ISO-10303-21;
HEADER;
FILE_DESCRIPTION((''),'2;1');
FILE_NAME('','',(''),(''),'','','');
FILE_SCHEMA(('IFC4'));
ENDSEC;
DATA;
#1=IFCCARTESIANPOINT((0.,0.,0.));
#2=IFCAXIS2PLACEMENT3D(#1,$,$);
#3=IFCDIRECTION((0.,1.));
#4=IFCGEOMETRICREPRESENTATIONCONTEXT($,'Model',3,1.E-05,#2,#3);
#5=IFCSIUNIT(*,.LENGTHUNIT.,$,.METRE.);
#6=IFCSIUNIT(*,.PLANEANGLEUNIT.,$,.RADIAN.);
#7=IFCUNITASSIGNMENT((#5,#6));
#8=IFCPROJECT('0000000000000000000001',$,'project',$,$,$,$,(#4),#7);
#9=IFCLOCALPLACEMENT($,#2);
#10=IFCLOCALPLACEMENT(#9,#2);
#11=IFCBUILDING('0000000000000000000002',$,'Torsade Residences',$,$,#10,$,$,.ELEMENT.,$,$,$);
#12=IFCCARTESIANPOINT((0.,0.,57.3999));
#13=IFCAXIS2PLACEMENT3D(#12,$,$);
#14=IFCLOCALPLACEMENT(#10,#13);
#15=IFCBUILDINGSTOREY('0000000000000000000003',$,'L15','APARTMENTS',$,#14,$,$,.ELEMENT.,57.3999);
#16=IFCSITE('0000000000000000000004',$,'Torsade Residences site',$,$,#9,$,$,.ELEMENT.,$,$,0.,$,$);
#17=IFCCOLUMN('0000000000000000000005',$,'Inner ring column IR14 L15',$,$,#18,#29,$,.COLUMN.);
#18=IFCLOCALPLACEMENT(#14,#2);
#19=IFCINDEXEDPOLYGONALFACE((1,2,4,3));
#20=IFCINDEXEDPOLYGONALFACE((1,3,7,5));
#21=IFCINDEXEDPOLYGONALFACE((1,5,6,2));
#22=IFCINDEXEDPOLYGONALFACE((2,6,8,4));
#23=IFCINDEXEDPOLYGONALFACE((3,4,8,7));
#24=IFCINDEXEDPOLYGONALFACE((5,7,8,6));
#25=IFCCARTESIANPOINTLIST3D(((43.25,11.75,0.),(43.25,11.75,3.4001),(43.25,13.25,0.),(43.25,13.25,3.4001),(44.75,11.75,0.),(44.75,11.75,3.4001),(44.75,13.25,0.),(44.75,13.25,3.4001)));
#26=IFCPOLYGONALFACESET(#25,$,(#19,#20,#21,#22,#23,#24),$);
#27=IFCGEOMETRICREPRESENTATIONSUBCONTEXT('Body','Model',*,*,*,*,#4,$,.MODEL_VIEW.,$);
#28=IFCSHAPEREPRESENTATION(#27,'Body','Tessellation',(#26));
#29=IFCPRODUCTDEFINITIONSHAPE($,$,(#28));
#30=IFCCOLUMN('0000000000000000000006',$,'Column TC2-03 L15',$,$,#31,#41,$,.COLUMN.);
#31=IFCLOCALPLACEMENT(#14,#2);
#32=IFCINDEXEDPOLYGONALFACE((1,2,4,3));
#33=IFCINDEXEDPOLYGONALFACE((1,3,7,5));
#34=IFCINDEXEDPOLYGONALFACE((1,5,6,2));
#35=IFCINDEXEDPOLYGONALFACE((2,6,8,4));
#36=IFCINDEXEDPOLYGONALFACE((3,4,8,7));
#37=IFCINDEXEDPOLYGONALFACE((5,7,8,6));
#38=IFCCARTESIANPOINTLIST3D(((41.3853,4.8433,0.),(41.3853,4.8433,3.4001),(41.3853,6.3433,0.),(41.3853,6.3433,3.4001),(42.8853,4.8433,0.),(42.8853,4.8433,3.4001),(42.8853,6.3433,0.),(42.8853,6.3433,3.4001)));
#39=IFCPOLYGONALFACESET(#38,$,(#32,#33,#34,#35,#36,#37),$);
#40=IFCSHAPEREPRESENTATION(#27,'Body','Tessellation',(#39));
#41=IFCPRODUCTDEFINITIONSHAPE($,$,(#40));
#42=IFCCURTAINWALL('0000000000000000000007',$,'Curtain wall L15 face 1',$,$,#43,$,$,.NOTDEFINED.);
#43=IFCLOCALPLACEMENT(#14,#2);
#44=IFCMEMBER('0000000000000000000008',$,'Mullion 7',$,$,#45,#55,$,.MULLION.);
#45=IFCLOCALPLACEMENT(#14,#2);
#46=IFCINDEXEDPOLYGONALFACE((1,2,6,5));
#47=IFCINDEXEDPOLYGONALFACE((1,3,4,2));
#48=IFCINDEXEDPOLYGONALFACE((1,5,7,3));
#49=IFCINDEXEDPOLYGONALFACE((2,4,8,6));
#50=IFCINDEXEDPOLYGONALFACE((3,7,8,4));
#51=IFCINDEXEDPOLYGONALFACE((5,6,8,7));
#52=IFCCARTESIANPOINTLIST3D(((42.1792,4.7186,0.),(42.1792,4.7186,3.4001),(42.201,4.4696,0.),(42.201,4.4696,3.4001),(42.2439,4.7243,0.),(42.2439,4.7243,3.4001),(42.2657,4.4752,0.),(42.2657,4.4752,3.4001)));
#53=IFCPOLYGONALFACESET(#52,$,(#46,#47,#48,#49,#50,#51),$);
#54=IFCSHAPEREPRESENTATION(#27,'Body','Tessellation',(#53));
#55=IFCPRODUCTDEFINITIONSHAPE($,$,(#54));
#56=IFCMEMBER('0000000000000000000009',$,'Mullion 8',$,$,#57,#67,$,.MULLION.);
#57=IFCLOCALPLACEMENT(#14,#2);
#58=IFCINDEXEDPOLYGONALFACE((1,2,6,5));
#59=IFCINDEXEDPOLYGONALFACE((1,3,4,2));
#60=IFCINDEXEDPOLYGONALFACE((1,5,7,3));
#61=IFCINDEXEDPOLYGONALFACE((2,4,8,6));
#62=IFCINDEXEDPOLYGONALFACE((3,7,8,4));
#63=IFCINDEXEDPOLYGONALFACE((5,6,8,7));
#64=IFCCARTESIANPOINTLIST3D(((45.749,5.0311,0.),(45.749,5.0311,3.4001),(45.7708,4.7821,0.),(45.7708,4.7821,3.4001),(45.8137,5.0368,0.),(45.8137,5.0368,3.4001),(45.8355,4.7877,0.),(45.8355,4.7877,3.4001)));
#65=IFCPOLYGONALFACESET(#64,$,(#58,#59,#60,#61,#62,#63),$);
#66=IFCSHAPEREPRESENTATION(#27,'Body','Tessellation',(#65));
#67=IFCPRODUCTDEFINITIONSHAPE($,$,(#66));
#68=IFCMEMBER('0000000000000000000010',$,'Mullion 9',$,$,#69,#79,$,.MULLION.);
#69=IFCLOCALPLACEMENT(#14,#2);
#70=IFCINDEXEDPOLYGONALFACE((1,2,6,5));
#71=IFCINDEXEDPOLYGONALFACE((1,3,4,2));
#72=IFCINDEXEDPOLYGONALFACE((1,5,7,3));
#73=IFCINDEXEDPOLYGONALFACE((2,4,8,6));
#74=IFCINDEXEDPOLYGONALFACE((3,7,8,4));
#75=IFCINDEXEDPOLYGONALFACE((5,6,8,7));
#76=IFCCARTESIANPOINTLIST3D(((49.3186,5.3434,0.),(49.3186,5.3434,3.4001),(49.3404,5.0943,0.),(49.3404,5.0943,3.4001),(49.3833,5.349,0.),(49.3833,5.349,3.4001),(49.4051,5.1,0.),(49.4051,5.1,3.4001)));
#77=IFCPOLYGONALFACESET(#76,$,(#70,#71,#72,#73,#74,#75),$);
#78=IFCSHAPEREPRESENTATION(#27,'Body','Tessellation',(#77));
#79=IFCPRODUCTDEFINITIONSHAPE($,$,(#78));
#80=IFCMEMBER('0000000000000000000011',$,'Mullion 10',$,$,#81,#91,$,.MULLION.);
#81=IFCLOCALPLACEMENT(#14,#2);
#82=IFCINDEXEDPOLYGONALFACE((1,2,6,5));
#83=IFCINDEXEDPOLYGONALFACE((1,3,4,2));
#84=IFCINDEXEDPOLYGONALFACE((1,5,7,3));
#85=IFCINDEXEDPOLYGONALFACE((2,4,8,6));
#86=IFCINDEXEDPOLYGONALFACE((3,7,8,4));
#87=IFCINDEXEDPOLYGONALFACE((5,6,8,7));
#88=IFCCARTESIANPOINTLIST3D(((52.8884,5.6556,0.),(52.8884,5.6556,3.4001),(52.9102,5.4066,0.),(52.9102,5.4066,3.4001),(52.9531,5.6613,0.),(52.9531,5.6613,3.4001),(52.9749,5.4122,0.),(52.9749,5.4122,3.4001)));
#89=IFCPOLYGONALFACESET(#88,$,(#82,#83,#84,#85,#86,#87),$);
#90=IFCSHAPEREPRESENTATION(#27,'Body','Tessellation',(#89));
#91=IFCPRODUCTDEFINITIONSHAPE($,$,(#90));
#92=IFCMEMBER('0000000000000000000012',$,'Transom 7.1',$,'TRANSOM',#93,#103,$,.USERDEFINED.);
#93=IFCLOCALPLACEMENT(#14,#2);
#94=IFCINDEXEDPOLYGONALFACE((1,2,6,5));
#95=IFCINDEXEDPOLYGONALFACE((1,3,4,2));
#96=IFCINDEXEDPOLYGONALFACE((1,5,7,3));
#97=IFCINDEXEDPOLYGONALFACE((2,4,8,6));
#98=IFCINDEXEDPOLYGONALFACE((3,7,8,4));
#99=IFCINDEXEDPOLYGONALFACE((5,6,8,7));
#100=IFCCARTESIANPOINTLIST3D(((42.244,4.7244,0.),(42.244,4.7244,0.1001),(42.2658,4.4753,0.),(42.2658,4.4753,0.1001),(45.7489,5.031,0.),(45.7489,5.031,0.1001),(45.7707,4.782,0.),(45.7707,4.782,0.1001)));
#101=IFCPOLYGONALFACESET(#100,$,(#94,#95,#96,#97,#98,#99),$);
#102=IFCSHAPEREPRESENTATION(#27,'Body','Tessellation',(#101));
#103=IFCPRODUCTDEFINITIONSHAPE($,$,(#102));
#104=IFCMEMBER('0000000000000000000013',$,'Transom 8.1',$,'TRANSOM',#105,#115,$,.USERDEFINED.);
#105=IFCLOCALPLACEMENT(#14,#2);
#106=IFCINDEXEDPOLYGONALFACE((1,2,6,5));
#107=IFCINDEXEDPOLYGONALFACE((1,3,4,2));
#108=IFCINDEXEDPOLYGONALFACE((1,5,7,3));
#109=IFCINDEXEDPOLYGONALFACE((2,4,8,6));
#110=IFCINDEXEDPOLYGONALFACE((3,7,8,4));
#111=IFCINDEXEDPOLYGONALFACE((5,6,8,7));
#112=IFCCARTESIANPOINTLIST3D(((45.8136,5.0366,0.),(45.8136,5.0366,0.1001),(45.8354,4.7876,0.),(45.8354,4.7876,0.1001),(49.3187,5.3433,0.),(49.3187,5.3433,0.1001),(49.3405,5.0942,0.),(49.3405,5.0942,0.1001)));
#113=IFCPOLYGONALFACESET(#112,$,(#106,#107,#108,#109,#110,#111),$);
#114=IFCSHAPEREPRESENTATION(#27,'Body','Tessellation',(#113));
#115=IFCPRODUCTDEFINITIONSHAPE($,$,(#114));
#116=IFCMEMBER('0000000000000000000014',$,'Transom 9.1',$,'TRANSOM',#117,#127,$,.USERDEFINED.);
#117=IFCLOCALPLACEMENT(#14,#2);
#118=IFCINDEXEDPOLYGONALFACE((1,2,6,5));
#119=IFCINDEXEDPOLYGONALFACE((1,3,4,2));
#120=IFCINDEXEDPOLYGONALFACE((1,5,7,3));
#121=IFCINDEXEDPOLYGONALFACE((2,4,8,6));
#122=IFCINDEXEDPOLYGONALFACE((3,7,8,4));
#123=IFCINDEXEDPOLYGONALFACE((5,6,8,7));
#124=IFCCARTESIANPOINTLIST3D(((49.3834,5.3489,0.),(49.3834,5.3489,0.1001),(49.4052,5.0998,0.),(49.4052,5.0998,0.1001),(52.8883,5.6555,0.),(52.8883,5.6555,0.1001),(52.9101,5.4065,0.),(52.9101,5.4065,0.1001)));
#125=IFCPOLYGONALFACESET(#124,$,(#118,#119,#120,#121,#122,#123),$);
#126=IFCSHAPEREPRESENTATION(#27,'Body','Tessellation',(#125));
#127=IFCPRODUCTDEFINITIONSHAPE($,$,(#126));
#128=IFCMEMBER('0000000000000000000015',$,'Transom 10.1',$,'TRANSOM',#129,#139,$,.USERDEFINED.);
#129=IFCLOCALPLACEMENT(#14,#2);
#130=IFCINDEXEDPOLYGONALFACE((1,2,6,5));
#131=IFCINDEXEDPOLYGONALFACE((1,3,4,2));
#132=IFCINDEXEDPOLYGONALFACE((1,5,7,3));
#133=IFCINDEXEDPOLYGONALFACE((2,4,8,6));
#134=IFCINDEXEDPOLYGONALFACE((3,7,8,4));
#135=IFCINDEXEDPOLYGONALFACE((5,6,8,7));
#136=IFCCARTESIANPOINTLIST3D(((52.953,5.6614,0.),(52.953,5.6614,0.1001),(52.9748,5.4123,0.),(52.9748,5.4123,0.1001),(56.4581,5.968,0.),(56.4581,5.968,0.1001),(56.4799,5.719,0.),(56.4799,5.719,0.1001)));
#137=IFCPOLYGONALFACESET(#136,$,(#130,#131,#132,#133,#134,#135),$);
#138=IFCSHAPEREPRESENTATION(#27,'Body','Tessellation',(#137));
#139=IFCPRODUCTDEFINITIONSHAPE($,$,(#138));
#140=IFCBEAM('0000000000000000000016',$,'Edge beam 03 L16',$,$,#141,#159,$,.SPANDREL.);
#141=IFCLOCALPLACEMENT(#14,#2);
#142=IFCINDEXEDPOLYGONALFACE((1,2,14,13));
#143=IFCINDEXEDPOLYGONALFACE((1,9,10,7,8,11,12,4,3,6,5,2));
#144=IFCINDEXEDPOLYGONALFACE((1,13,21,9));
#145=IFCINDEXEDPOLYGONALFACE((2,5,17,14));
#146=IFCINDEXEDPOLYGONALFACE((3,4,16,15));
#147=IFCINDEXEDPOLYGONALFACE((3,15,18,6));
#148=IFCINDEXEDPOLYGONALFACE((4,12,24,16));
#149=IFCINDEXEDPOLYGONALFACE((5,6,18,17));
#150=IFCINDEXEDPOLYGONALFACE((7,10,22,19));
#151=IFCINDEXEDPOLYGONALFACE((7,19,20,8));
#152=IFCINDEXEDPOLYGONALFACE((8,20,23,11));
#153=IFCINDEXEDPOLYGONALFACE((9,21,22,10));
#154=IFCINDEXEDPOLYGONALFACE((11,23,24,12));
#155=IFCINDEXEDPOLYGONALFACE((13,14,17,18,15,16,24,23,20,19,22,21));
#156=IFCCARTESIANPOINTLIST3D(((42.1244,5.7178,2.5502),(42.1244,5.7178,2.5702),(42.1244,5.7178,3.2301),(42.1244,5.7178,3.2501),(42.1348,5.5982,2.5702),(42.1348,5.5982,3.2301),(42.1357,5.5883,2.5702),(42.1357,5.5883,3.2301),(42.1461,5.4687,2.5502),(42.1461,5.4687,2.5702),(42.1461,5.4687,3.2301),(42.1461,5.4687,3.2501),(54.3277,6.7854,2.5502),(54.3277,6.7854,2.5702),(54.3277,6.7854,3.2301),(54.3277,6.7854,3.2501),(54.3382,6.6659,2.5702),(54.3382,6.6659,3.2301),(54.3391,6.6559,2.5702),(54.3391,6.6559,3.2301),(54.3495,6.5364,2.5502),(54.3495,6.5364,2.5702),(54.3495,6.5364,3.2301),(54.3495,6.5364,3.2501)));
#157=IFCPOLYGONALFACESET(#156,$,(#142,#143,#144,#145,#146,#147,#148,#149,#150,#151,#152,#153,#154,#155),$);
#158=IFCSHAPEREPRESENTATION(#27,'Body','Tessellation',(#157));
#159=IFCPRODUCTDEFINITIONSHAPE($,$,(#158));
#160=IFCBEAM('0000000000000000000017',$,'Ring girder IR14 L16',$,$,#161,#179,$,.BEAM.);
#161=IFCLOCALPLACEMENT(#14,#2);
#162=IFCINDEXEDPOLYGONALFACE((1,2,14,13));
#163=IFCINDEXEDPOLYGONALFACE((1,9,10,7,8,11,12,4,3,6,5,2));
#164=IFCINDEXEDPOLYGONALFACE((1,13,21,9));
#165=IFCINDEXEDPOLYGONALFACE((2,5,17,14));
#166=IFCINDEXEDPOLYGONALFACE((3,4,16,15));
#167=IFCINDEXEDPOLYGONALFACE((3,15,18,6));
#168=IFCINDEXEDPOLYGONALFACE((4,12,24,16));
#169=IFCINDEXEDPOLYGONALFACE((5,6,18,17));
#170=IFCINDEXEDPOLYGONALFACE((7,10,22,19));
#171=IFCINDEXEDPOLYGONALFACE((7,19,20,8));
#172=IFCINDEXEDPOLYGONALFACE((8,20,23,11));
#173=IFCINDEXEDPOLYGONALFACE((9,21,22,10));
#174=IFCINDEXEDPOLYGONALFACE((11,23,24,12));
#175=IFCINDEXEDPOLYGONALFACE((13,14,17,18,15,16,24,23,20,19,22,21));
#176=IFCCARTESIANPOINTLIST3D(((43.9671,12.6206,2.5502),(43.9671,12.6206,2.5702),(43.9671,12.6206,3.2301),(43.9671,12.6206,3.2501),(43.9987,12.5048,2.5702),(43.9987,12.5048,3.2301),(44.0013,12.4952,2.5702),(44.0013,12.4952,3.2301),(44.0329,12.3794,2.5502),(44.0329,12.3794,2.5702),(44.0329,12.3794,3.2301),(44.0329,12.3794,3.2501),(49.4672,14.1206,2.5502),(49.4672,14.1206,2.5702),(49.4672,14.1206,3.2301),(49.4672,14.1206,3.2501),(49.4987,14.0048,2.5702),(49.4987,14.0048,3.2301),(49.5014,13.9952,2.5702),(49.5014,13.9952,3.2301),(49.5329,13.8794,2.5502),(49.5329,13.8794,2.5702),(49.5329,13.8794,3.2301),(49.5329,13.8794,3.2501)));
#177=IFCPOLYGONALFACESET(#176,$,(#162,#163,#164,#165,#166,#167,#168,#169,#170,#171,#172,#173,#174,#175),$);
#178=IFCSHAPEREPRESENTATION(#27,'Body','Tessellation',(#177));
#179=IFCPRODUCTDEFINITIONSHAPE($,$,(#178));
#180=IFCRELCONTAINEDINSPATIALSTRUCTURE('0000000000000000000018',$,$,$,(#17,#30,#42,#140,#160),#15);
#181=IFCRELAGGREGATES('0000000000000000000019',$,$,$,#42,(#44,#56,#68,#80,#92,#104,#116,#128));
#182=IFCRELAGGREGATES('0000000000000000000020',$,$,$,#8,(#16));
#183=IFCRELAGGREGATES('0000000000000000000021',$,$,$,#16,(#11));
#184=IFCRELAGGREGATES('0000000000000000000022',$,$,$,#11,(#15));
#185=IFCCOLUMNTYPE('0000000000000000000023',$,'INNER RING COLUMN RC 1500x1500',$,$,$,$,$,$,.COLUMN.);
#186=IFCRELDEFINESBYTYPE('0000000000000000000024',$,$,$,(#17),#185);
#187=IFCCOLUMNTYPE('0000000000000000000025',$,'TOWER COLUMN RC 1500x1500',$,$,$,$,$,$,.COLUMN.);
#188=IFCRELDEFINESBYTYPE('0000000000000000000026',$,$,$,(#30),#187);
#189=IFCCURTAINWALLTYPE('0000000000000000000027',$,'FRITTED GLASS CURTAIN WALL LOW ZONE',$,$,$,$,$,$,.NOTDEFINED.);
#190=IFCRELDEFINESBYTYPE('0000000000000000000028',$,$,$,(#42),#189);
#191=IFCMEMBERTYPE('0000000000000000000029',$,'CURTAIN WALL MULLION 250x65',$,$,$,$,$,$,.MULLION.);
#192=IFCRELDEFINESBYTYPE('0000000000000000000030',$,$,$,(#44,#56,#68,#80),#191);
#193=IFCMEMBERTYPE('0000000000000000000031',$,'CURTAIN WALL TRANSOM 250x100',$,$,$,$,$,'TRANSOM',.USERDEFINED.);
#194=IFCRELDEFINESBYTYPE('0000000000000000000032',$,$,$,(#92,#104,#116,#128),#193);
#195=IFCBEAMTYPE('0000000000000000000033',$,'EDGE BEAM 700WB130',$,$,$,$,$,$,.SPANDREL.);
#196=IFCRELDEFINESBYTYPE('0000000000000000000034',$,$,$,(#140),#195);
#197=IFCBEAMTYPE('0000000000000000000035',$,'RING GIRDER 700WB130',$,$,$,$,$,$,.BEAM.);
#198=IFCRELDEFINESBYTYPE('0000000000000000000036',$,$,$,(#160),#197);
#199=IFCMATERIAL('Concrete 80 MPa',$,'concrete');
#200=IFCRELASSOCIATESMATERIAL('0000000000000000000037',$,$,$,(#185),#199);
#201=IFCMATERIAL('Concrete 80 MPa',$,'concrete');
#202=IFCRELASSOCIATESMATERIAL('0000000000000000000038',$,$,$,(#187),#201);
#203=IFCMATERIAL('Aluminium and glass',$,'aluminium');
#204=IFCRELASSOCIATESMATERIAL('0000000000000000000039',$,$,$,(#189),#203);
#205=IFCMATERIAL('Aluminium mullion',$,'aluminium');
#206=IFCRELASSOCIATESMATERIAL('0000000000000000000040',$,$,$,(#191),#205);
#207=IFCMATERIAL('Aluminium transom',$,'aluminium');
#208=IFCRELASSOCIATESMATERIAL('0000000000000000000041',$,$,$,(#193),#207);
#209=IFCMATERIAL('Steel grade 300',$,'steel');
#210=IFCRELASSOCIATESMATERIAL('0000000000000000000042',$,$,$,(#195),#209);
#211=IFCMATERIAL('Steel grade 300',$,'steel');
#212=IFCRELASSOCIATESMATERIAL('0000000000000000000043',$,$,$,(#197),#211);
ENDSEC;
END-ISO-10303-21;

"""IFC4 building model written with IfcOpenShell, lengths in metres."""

from ifc_helpers import new_model, si_unit, direction, frame, origin, origin_2d, place, context, subcontext, project, spatial, rectangle, i_section, extrude, material, material_profile, profile_set, type_object, element, aggregate, save


model = new_model("IFC4")

# Units and contexts
model_context = context("Model", 3, precision=1e-05, world=origin(), true_north=direction((0.0, 1.0)))
body_context = subcontext(model_context, "Body", "Model", "MODEL_VIEW")
ifc_project = project(units=[si_unit("LENGTHUNIT", "METRE"), si_unit("PLANEANGLEUNIT", "RADIAN")], contexts=[model_context])

# Site, building, storey
site_placement = place(None, origin())
site = spatial("IfcSite", under=ifc_project, at=site_placement, Name="Torsade Residences site", CompositionType="ELEMENT", RefElevation=0.0)
building_placement = place(site_placement, origin())
building = spatial("IfcBuilding", under=site, at=building_placement, Name="Torsade Residences", CompositionType="ELEMENT")
storey_placement = place(building_placement, frame((0.0, 0.0, 57.3999)))
storey = spatial("IfcBuildingStorey", under=building, at=storey_placement, Name="L15", Description="APARTMENTS", CompositionType="ELEMENT", Elevation=57.3999)

# Columns
ifc_material_1 = material(Name="Concrete 80 MPa", Category="concrete")
ifc_material_profile_1 = material_profile(ifc_material_1, rectangle(XDim=1.5, YDim=1.5, at=origin_2d()), Name="RC 1500x1500")
ifc_profile_set_1 = profile_set([ifc_material_profile_1], Name="Concrete 80 MPa")
column_type_1 = type_object("IfcColumnType", Name="INNER RING COLUMN RC 1500x1500", PredefinedType="COLUMN", material=ifc_profile_set_1)
column_1_placement = place(storey_placement, frame((44.0, 12.5, 0.0), z_axis=(0.0, 0.0, 1.0), x_axis=(1.0, 0.0, 0.0)))
element("IfcColumn", 1, at=column_1_placement, inside=storey, type_object=column_type_1, Name="Inner ring column IR14 L15", PredefinedType="COLUMN", context=body_context, shape_type="SweptSolid", body=[
    extrude(rectangle(XDim=1.5, YDim=1.5, at=origin_2d()), origin(), (0.0, 0.0, 1.0), 3.4001),
])
ifc_material_2 = material(Name="Concrete 80 MPa", Category="concrete")
ifc_material_profile_2 = material_profile(ifc_material_2, rectangle(XDim=1.5, YDim=1.5, at=origin_2d()), Name="RC 1500x1500")
ifc_profile_set_2 = profile_set([ifc_material_profile_2], Name="Concrete 80 MPa")
column_type_2 = type_object("IfcColumnType", Name="TOWER COLUMN RC 1500x1500", PredefinedType="COLUMN", material=ifc_profile_set_2)
column_2_placement = place(storey_placement, frame((42.1353, 5.5933, 0.0), z_axis=(0.0, 0.0, 1.0), x_axis=(1.0, 0.0, 0.0)))
element("IfcColumn", 2, at=column_2_placement, inside=storey, type_object=column_type_2, Name="Column TC2-03 L15", PredefinedType="COLUMN", context=body_context, shape_type="SweptSolid", body=[
    extrude(rectangle(XDim=1.5, YDim=1.5, at=origin_2d()), origin(), (0.0, 0.0, 1.0), 3.4001),
])

# Curtain wall, members
ifc_material_3 = material(Name="Aluminium and glass", Category="aluminium")
curtain_wall_type = type_object("IfcCurtainWallType", Name="FRITTED GLASS CURTAIN WALL LOW ZONE", PredefinedType="NOTDEFINED", material=ifc_material_3)
curtain_wall_placement = place(storey_placement, origin())
curtain_wall = element("IfcCurtainWall", 3, at=curtain_wall_placement, inside=storey, type_object=curtain_wall_type, Name="Curtain wall L15 face 1", PredefinedType="NOTDEFINED")
ifc_material_4 = material(Name="Aluminium mullion", Category="aluminium")
ifc_material_profile_3 = material_profile(ifc_material_4, rectangle(XDim=0.25, YDim=0.0649, at=origin_2d()), Name="CURTAIN WALL MULLION 250x65")
ifc_profile_set_3 = profile_set([ifc_material_profile_3], Name="Aluminium mullion")
member_type_1 = type_object("IfcMemberType", Name="CURTAIN WALL MULLION 250x65", PredefinedType="MULLION", material=ifc_profile_set_3)
member_1_placement = place(storey_placement, frame((42.2224, 4.5969, 0.0), z_axis=(0.0, 0.0, 1.0), x_axis=(-0.087156, 0.996195, 0.0)))
member_1 = element("IfcMember", 4, at=member_1_placement, type_object=member_type_1, Name="Mullion 7", PredefinedType="MULLION", context=body_context, shape_type="SweptSolid", body=[
    extrude(rectangle(XDim=0.25, YDim=0.0649, at=origin_2d()), origin(), (0.0, 0.0, 1.0), 3.4001),
])
member_2_placement = place(storey_placement, frame((45.7922, 4.9094, 0.0), z_axis=(0.0, 0.0, 1.0), x_axis=(-0.087156, 0.996195, 0.0)))
member_2 = element("IfcMember", 5, at=member_2_placement, type_object=member_type_1, Name="Mullion 8", PredefinedType="MULLION", context=body_context, shape_type="SweptSolid", body=[
    extrude(rectangle(XDim=0.25, YDim=0.0649, at=origin_2d()), origin(), (0.0, 0.0, 1.0), 3.4001),
])
member_3_placement = place(storey_placement, frame((49.3618, 5.2217, 0.0), z_axis=(0.0, 0.0, 1.0), x_axis=(-0.087156, 0.996195, 0.0)))
member_3 = element("IfcMember", 6, at=member_3_placement, type_object=member_type_1, Name="Mullion 9", PredefinedType="MULLION", context=body_context, shape_type="SweptSolid", body=[
    extrude(rectangle(XDim=0.25, YDim=0.0649, at=origin_2d()), origin(), (0.0, 0.0, 1.0), 3.4001),
])
member_4_placement = place(storey_placement, frame((52.9316, 5.5339, 0.0), z_axis=(0.0, 0.0, 1.0), x_axis=(-0.087156, 0.996195, 0.0)))
member_4 = element("IfcMember", 7, at=member_4_placement, type_object=member_type_1, Name="Mullion 10", PredefinedType="MULLION", context=body_context, shape_type="SweptSolid", body=[
    extrude(rectangle(XDim=0.25, YDim=0.0649, at=origin_2d()), origin(), (0.0, 0.0, 1.0), 3.4001),
])
ifc_material_5 = material(Name="Aluminium transom", Category="aluminium")
ifc_material_profile_4 = material_profile(ifc_material_5, rectangle(XDim=0.25, YDim=0.1001, at=origin_2d()), Name="CURTAIN WALL TRANSOM 250x100")
ifc_profile_set_4 = profile_set([ifc_material_profile_4], Name="Aluminium transom")
member_type_2 = type_object("IfcMemberType", Name="CURTAIN WALL TRANSOM 250x100", ElementType="TRANSOM", PredefinedType="USERDEFINED", material=ifc_profile_set_4)
member_5_placement = place(storey_placement, frame((42.2549, 4.5999, 0.05), z_axis=(0.996195, 0.087157, 0.0), x_axis=(-0.087157, 0.996195, 0.0)))
member_5 = element("IfcMember", 8, at=member_5_placement, type_object=member_type_2, Name="Transom 7.1", ObjectType="TRANSOM", PredefinedType="USERDEFINED", context=body_context, shape_type="SweptSolid", body=[
    extrude(rectangle(XDim=0.25, YDim=0.1001, at=origin_2d()), origin(), (0.0, 0.0, 1.0), 3.5183),
])
member_6_placement = place(storey_placement, frame((45.8245, 4.9121, 0.05), z_axis=(0.996195, 0.087151, 0.0), x_axis=(-0.087151, 0.996195, 0.0)))
member_6 = element("IfcMember", 9, at=member_6_placement, type_object=member_type_2, Name="Transom 8.1", ObjectType="TRANSOM", PredefinedType="USERDEFINED", context=body_context, shape_type="SweptSolid", body=[
    extrude(rectangle(XDim=0.25, YDim=0.1001, at=origin_2d()), origin(), (0.0, 0.0, 1.0), 3.5186),
])
member_7_placement = place(storey_placement, frame((49.3943, 5.2244, 0.05), z_axis=(0.996195, 0.087157, 0.0), x_axis=(-0.087157, 0.996195, 0.0)))
member_7 = element("IfcMember", 10, at=member_7_placement, type_object=member_type_2, Name="Transom 9.1", ObjectType="TRANSOM", PredefinedType="USERDEFINED", context=body_context, shape_type="SweptSolid", body=[
    extrude(rectangle(XDim=0.25, YDim=0.1001, at=origin_2d()), origin(), (0.0, 0.0, 1.0), 3.5183),
])
member_8_placement = place(storey_placement, frame((52.9639, 5.5369, 0.05), z_axis=(0.996195, 0.087151, 0.0), x_axis=(-0.087151, 0.996195, 0.0)))
member_8 = element("IfcMember", 11, at=member_8_placement, type_object=member_type_2, Name="Transom 10.1", ObjectType="TRANSOM", PredefinedType="USERDEFINED", context=body_context, shape_type="SweptSolid", body=[
    extrude(rectangle(XDim=0.25, YDim=0.1001, at=origin_2d()), origin(), (0.0, 0.0, 1.0), 3.5186),
])

# Beams
ifc_material_6 = material(Name="Steel grade 300", Category="steel")
ifc_material_profile_5 = material_profile(ifc_material_6, i_section(OverallWidth=0.25, OverallDepth=0.7, WebThickness=0.01, FlangeThickness=0.02, at=origin_2d()), Name="700WB130")
ifc_profile_set_5 = profile_set([ifc_material_profile_5], Name="Steel grade 300")
beam_type_1 = type_object("IfcBeamType", Name="EDGE BEAM 700WB130", PredefinedType="SPANDREL", material=ifc_profile_set_5)
beam_1_placement = place(storey_placement, frame((42.1353, 5.5933, 2.9001), z_axis=(0.996195, 0.087153, 0.0), x_axis=(-0.087153, 0.996195, 0.0)))
element("IfcBeam", 12, at=beam_1_placement, inside=storey, type_object=beam_type_1, Name="Edge beam 03 L16", PredefinedType="SPANDREL", context=body_context, shape_type="SweptSolid", body=[
    extrude(i_section(OverallWidth=0.25, OverallDepth=0.7, WebThickness=0.01, FlangeThickness=0.02, at=origin_2d()), origin(), (0.0, 0.0, 1.0), 12.25),
])
ifc_material_7 = material(Name="Steel grade 300", Category="steel")
ifc_material_profile_6 = material_profile(ifc_material_7, i_section(OverallWidth=0.25, OverallDepth=0.7, WebThickness=0.01, FlangeThickness=0.02, at=origin_2d()), Name="700WB130")
ifc_profile_set_6 = profile_set([ifc_material_profile_6], Name="Steel grade 300")
beam_type_2 = type_object("IfcBeamType", Name="RING GIRDER 700WB130", PredefinedType="BEAM", material=ifc_profile_set_6)
beam_2_placement = place(storey_placement, frame((44.0, 12.5, 2.9001), z_axis=(0.964764, 0.263117, 0.0), x_axis=(-0.263117, 0.964764, 0.0)))
element("IfcBeam", 13, at=beam_2_placement, inside=storey, type_object=beam_type_2, Name="Ring girder IR14 L16", PredefinedType="BEAM", context=body_context, shape_type="SweptSolid", body=[
    extrude(i_section(OverallWidth=0.25, OverallDepth=0.7, WebThickness=0.01, FlangeThickness=0.02, at=origin_2d()), origin(), (0.0, 0.0, 1.0), 5.7009),
])

aggregate(curtain_wall, [member_1, member_2, member_3, member_4, member_5, member_6, member_7, member_8])

save(model, "model.ifc")
